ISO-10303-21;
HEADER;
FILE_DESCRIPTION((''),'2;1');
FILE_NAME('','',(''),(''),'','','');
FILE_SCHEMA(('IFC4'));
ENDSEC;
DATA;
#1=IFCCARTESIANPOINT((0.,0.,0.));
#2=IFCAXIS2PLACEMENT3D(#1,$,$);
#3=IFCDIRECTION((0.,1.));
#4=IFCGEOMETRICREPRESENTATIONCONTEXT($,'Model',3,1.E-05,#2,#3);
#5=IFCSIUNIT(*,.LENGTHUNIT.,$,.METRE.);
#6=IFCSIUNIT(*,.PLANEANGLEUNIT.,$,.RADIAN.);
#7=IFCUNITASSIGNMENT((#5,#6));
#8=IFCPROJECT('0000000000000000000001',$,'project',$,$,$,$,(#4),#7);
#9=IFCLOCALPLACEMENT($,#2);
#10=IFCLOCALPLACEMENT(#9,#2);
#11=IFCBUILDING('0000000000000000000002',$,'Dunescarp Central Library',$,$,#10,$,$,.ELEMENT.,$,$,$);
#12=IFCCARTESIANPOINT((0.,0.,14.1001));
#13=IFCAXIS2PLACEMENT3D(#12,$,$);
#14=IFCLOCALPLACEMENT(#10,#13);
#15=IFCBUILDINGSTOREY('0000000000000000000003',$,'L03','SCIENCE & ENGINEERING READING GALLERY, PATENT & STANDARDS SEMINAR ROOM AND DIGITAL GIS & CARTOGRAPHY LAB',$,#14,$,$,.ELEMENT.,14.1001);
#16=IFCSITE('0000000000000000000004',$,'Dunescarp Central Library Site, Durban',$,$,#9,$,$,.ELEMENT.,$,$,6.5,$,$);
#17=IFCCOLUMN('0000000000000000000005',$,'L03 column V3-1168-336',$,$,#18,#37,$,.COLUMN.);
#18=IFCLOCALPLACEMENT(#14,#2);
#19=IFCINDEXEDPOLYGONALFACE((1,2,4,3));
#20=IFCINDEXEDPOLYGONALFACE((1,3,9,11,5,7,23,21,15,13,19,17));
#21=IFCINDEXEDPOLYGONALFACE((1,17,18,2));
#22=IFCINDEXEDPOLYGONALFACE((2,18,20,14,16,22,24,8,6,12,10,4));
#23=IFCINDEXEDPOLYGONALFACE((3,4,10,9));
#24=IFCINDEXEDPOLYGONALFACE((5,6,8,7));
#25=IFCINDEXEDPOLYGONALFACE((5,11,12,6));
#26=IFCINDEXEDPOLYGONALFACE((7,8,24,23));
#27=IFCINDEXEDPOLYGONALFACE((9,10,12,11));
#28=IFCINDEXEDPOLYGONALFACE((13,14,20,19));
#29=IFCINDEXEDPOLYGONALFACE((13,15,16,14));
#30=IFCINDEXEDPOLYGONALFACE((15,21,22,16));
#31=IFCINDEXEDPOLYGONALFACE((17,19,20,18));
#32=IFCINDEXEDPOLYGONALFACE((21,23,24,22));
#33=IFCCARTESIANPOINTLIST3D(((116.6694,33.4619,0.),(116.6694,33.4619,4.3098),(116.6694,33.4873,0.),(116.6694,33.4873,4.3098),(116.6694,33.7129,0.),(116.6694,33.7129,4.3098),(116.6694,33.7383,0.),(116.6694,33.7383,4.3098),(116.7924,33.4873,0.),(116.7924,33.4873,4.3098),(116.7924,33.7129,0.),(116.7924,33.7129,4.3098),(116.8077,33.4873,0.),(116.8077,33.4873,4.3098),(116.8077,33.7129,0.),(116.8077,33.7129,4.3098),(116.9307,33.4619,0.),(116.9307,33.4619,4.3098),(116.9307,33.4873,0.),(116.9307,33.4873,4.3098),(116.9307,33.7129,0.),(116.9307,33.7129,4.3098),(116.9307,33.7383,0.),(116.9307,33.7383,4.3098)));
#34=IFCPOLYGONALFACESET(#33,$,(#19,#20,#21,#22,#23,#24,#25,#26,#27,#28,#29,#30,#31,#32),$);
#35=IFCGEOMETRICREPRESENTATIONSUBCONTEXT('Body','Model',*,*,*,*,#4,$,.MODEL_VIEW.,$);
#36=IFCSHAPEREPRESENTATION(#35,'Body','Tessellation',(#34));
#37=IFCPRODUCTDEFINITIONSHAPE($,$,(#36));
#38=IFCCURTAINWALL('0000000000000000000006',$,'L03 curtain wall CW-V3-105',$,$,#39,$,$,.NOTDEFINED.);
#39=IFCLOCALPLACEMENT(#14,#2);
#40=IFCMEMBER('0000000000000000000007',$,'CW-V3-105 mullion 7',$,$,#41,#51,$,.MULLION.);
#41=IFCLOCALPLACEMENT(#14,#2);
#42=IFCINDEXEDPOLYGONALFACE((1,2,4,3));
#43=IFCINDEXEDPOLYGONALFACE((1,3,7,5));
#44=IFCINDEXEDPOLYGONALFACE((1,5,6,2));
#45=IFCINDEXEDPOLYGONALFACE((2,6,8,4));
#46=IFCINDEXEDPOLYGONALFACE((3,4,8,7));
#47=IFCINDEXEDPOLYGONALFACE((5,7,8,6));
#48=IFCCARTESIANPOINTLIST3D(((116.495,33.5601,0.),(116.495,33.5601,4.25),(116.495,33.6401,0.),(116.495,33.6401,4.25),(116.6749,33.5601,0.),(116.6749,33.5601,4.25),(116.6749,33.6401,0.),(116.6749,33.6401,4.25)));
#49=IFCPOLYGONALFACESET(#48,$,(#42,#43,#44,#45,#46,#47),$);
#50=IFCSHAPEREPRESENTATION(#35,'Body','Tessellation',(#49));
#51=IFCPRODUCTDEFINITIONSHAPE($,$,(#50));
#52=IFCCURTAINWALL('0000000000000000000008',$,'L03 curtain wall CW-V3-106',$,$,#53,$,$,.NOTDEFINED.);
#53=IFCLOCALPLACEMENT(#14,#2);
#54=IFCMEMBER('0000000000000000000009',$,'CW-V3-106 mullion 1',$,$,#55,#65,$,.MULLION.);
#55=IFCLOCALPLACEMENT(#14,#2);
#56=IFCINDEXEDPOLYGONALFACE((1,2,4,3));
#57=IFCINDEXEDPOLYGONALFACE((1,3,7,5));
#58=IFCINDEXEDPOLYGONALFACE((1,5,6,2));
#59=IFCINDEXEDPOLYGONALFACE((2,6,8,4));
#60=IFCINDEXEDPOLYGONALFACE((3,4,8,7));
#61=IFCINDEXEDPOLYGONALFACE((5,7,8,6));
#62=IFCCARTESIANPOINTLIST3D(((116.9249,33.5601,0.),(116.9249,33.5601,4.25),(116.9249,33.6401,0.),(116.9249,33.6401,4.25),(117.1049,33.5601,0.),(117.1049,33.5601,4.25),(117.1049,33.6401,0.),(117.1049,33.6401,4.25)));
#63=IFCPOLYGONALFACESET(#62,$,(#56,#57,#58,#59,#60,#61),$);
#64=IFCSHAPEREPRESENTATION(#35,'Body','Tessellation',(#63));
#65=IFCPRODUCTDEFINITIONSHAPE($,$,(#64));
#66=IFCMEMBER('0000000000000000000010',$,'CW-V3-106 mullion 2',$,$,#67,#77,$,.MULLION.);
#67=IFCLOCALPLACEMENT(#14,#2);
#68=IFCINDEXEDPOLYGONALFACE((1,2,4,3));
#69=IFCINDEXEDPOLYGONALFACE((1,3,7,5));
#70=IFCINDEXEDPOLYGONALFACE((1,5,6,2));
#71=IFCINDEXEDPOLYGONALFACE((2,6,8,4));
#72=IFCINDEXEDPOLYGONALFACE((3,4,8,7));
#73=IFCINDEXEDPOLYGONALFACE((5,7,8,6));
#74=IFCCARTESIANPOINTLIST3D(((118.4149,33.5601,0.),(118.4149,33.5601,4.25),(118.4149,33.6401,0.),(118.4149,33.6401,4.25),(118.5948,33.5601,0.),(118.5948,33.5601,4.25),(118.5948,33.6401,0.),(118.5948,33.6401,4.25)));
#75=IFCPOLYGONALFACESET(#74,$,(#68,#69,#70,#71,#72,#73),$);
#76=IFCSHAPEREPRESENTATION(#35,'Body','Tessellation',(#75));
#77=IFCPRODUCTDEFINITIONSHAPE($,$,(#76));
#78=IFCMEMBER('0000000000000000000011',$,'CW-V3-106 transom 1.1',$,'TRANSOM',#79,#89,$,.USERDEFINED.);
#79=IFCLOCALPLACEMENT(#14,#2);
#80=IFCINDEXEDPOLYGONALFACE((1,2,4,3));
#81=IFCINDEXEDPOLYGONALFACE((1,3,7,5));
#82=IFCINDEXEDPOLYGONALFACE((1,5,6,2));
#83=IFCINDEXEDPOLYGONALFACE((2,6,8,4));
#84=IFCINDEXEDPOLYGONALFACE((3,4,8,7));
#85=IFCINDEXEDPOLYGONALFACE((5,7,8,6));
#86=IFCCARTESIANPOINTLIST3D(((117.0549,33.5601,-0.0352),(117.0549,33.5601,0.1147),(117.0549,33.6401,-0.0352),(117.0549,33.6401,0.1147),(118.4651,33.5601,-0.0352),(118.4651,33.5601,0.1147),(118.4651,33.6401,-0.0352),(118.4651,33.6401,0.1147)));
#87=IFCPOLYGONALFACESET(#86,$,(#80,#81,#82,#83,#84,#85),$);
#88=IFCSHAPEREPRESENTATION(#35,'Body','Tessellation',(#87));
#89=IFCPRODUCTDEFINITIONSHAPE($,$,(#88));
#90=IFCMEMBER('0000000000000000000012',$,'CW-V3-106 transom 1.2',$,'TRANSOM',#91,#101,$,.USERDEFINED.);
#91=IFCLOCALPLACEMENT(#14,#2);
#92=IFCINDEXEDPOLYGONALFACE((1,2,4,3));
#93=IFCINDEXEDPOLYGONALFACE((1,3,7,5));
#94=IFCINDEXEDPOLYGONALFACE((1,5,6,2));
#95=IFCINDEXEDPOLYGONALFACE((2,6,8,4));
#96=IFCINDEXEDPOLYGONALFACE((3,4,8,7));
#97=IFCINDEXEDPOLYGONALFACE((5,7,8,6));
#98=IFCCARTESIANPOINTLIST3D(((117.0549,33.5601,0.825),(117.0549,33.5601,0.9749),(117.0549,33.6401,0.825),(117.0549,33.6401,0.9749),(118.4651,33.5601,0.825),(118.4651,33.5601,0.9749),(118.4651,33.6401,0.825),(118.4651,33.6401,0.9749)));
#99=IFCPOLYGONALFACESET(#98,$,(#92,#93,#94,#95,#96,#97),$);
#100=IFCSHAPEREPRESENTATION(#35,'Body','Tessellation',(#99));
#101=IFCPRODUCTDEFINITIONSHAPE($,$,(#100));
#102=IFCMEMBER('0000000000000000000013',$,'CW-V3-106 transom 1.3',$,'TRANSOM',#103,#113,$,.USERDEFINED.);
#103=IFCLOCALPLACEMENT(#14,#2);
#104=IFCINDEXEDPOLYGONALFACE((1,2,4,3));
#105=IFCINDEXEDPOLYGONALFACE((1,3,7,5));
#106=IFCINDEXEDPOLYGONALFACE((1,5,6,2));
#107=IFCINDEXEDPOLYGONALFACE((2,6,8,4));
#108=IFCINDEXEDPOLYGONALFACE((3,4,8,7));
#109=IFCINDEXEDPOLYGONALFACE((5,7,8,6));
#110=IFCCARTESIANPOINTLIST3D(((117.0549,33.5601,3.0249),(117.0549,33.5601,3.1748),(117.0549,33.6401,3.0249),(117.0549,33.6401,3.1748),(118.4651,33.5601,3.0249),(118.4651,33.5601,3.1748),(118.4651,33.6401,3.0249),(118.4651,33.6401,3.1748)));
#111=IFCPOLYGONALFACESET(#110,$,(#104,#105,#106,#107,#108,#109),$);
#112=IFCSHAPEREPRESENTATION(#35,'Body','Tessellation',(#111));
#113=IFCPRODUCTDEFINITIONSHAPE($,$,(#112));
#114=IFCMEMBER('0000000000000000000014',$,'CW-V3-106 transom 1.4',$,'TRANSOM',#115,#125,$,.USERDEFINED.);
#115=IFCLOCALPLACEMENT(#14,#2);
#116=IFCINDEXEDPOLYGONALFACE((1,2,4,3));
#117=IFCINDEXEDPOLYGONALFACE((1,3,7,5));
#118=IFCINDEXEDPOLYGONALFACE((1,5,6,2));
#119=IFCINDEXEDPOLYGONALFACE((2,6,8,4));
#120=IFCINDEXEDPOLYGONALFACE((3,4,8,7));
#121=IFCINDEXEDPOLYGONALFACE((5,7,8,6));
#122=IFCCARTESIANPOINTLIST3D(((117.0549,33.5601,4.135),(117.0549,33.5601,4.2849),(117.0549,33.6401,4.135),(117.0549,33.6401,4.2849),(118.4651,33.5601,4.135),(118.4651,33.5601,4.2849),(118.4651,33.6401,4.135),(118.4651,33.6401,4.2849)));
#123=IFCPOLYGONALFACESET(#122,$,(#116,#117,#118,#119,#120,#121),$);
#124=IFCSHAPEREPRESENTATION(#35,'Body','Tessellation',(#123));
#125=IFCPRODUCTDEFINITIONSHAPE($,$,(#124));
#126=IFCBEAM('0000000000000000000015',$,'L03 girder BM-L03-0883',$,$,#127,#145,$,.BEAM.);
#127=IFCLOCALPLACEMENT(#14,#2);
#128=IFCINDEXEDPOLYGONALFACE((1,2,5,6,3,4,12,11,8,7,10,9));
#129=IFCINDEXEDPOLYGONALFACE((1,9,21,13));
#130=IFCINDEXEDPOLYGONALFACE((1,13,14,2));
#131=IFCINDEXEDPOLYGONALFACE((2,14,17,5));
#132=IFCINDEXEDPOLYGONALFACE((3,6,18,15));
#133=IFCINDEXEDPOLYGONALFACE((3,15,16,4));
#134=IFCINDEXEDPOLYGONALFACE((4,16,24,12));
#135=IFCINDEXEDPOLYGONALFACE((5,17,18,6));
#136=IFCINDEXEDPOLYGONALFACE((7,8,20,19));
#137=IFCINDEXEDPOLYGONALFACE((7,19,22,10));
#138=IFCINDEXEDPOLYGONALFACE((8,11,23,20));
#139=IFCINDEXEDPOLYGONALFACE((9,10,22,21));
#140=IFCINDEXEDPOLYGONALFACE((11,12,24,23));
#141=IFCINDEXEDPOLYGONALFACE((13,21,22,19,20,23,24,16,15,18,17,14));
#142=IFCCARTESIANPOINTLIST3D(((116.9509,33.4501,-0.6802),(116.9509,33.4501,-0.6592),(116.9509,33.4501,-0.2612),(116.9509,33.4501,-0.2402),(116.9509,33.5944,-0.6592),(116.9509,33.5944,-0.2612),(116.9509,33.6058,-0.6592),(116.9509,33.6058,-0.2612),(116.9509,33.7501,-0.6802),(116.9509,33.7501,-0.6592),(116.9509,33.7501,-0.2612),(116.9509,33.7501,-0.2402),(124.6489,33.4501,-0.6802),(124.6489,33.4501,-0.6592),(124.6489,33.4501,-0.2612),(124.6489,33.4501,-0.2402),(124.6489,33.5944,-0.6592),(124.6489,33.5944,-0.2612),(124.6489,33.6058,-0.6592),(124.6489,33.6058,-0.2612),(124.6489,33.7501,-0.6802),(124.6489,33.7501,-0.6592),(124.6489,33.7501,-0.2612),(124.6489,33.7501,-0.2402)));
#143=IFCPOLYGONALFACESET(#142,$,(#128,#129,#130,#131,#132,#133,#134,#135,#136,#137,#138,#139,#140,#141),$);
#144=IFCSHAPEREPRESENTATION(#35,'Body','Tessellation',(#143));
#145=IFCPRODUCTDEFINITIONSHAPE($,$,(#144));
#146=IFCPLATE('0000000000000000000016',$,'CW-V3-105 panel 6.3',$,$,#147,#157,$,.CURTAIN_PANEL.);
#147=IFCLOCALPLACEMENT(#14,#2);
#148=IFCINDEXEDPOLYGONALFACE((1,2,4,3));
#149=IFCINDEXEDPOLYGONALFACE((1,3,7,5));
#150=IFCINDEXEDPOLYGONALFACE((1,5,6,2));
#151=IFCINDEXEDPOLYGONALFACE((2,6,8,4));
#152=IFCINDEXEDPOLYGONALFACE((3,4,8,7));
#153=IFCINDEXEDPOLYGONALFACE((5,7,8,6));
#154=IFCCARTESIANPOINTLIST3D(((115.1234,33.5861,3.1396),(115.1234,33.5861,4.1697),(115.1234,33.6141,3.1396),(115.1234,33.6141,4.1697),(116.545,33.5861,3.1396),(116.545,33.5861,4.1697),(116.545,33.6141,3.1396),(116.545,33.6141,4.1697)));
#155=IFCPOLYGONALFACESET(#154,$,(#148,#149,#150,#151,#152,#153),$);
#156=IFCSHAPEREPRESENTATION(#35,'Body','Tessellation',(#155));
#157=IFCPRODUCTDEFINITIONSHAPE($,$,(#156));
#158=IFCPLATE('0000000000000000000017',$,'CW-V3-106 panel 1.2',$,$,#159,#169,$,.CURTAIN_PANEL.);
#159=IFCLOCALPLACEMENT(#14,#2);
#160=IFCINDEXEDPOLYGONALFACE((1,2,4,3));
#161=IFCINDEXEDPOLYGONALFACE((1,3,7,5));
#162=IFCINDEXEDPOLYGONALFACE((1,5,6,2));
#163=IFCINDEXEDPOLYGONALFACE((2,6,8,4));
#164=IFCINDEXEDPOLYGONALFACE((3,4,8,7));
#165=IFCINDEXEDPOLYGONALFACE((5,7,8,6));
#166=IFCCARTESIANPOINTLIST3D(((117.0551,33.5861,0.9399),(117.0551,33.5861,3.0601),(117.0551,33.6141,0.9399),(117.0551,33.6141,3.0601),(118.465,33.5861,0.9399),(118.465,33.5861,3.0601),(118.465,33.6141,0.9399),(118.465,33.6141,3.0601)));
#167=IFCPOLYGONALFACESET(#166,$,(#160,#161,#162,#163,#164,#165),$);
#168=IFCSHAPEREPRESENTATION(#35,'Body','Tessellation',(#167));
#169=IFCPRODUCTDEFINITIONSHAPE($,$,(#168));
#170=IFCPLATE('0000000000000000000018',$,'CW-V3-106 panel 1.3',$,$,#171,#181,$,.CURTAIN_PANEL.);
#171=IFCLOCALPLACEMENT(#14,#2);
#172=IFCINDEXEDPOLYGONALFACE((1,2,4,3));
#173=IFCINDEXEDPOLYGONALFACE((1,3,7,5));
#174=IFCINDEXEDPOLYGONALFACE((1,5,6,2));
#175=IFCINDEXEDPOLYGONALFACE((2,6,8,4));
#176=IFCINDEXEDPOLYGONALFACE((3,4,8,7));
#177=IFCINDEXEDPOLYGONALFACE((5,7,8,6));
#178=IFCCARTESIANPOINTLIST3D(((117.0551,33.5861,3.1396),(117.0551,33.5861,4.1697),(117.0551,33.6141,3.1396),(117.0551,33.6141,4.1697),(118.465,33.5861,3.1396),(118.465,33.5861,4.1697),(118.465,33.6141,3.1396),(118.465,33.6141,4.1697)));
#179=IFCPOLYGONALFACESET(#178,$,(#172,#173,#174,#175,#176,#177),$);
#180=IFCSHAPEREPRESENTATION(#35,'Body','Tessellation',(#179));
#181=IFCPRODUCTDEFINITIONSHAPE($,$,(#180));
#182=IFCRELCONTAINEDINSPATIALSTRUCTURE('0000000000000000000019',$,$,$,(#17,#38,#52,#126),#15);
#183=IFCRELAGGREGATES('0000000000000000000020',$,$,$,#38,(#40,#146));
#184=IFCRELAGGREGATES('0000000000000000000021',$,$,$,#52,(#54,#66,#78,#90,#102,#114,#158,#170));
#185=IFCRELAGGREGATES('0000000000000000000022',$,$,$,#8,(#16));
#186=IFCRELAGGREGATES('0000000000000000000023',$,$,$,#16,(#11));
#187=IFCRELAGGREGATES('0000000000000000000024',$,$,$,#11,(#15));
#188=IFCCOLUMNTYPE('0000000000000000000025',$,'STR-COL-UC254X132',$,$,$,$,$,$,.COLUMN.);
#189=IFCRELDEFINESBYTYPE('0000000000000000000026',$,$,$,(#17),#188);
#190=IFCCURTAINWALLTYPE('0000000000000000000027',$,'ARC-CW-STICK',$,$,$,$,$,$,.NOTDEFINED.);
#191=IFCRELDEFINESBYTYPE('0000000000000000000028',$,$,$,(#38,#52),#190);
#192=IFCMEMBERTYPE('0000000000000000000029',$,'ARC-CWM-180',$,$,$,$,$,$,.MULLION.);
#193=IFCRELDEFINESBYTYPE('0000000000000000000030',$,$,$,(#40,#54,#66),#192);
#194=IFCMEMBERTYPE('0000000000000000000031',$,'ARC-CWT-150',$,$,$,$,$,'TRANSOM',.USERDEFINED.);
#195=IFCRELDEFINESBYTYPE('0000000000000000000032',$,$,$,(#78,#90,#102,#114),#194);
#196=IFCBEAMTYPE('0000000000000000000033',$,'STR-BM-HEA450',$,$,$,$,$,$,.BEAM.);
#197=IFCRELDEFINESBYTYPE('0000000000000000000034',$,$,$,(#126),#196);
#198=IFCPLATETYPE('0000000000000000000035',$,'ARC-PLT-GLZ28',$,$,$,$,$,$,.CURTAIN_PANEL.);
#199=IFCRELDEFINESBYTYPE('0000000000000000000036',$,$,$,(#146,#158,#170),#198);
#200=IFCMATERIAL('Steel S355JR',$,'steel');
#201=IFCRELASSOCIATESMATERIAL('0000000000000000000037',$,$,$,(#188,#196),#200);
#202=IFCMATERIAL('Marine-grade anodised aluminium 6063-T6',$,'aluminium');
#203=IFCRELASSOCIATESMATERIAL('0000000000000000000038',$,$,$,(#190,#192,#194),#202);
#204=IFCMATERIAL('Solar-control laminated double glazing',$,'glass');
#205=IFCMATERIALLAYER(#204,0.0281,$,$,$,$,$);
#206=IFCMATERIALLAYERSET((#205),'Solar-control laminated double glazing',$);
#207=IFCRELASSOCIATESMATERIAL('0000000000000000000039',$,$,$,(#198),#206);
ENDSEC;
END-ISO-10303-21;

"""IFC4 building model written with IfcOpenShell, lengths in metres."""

from ifc_helpers import new_model, si_unit, direction, frame, origin, origin_2d, place, context, subcontext, project, spatial, rectangle, i_section, extrude, material, layer, layer_set, material_profile, profile_set, type_object, element, aggregate, save


model = new_model("IFC4")

# Units and contexts
model_context = context("Model", 3, precision=1e-05, world=origin(), true_north=direction((0.0, 1.0)))
body_context = subcontext(model_context, "Body", "Model", "MODEL_VIEW")
ifc_project = project(units=[si_unit("LENGTHUNIT", "METRE"), si_unit("PLANEANGLEUNIT", "RADIAN")], contexts=[model_context])

# Site, building, storey
site_placement = place(None, origin())
site = spatial("IfcSite", under=ifc_project, at=site_placement, Name="Dunescarp Central Library Site, Durban", CompositionType="ELEMENT", RefElevation=6.5)
building_placement = place(site_placement, origin())
building = spatial("IfcBuilding", under=site, at=building_placement, Name="Dunescarp Central Library", CompositionType="ELEMENT")
storey_placement = place(building_placement, frame((0.0, 0.0, 14.1001)))
storey = spatial("IfcBuildingStorey", under=building, at=storey_placement, Name="L03", Description="SCIENCE & ENGINEERING READING GALLERY, PATENT & STANDARDS SEMINAR ROOM AND DIGITAL GIS & CARTOGRAPHY LAB", CompositionType="ELEMENT", Elevation=14.1001)

# Column
ifc_material_1 = material(Name="Steel S355JR", Category="steel")
ifc_material_profile_1 = material_profile(ifc_material_1, i_section(OverallWidth=0.2612, OverallDepth=0.2764, WebThickness=0.0154, FlangeThickness=0.0254, at=origin_2d()), Name="UC 254x254x132")
ifc_profile_set_1 = profile_set([ifc_material_profile_1], Name="Steel S355JR")
column_type = type_object("IfcColumnType", Name="STR-COL-UC254X132", PredefinedType="COLUMN", material=ifc_profile_set_1)
column_placement = place(storey_placement, frame((116.8, 33.6001, 0.0), z_axis=(0.0, 0.0, 1.0), x_axis=(1.0, 0.0, 0.0)))
element("IfcColumn", 1, at=column_placement, inside=storey, type_object=column_type, Name="L03 column V3-1168-336", PredefinedType="COLUMN", context=body_context, shape_type="SweptSolid", body=[
    extrude(i_section(OverallWidth=0.2612, OverallDepth=0.2764, WebThickness=0.0154, FlangeThickness=0.0254, at=origin_2d()), origin(), (0.0, 0.0, 1.0), 4.3098),
])

# Curtain wall, member
ifc_material_2 = material(Name="Marine-grade anodised aluminium 6063-T6", Category="aluminium")
curtain_wall_type = type_object("IfcCurtainWallType", Name="ARC-CW-STICK", PredefinedType="NOTDEFINED", material=ifc_material_2)
curtain_wall_1_placement = place(storey_placement, origin())
curtain_wall_1 = element("IfcCurtainWall", 2, at=curtain_wall_1_placement, inside=storey, type_object=curtain_wall_type, Name="L03 curtain wall CW-V3-105", PredefinedType="NOTDEFINED")
ifc_material_profile_2 = material_profile(ifc_material_2, rectangle(XDim=0.0801, YDim=0.1799, at=origin_2d()), Name="AL 80x180")
ifc_profile_set_2 = profile_set([ifc_material_profile_2], Name="Marine-grade anodised aluminium 6063-T6")
member_type_1 = type_object("IfcMemberType", Name="ARC-CWM-180", PredefinedType="MULLION", material=ifc_profile_set_2)
member_1_placement = place(storey_placement, frame((116.585, 33.6001, 0.0), z_axis=(0.0, 0.0, 1.0), x_axis=(0.0, 1.0, 0.0)))
member_1 = element("IfcMember", 3, at=member_1_placement, type_object=member_type_1, Name="CW-V3-105 mullion 7", PredefinedType="MULLION", context=body_context, shape_type="SweptSolid", body=[
    extrude(rectangle(XDim=0.0801, YDim=0.1799, at=origin_2d()), origin(), (0.0, 0.0, 1.0), 4.25),
])

# Curtain wall, members
curtain_wall_2_placement = place(storey_placement, origin())
curtain_wall_2 = element("IfcCurtainWall", 4, at=curtain_wall_2_placement, inside=storey, type_object=curtain_wall_type, Name="L03 curtain wall CW-V3-106", PredefinedType="NOTDEFINED")
member_2_placement = place(storey_placement, frame((117.0149, 33.6001, 0.0), z_axis=(0.0, 0.0, 1.0), x_axis=(0.0, 1.0, 0.0)))
member_2 = element("IfcMember", 5, at=member_2_placement, type_object=member_type_1, Name="CW-V3-106 mullion 1", PredefinedType="MULLION", context=body_context, shape_type="SweptSolid", body=[
    extrude(rectangle(XDim=0.0801, YDim=0.1799, at=origin_2d()), origin(), (0.0, 0.0, 1.0), 4.25),
])
member_3_placement = place(storey_placement, frame((118.5049, 33.6001, 0.0), z_axis=(0.0, 0.0, 1.0), x_axis=(0.0, 1.0, 0.0)))
member_3 = element("IfcMember", 6, at=member_3_placement, type_object=member_type_1, Name="CW-V3-106 mullion 2", PredefinedType="MULLION", context=body_context, shape_type="SweptSolid", body=[
    extrude(rectangle(XDim=0.0801, YDim=0.1799, at=origin_2d()), origin(), (0.0, 0.0, 1.0), 4.25),
])
ifc_material_profile_3 = material_profile(ifc_material_2, rectangle(XDim=0.0801, YDim=0.1499, at=origin_2d()), Name="AL 80x150")
ifc_profile_set_3 = profile_set([ifc_material_profile_3], Name="Marine-grade anodised aluminium 6063-T6")
member_type_2 = type_object("IfcMemberType", Name="ARC-CWT-150", ElementType="TRANSOM", PredefinedType="USERDEFINED", material=ifc_profile_set_3)
member_4_placement = place(storey_placement, frame((117.0549, 33.6001, 0.0398), z_axis=(1.0, 0.0, 0.0), x_axis=(0.0, 1.0, 0.0)))
member_4 = element("IfcMember", 7, at=member_4_placement, type_object=member_type_2, Name="CW-V3-106 transom 1.1", ObjectType="TRANSOM", PredefinedType="USERDEFINED", context=body_context, shape_type="SweptSolid", body=[
    extrude(rectangle(XDim=0.0801, YDim=0.1499, at=origin_2d()), origin(), (0.0, 0.0, 1.0), 1.4102),
])
member_5_placement = place(storey_placement, frame((117.0549, 33.6001, 0.8999), z_axis=(1.0, 0.0, 0.0), x_axis=(0.0, 1.0, 0.0)))
member_5 = element("IfcMember", 8, at=member_5_placement, type_object=member_type_2, Name="CW-V3-106 transom 1.2", ObjectType="TRANSOM", PredefinedType="USERDEFINED", context=body_context, shape_type="SweptSolid", body=[
    extrude(rectangle(XDim=0.0801, YDim=0.1499, at=origin_2d()), origin(), (0.0, 0.0, 1.0), 1.4102),
])
member_6_placement = place(storey_placement, frame((117.0549, 33.6001, 3.0999), z_axis=(1.0, 0.0, 0.0), x_axis=(0.0, 1.0, 0.0)))
member_6 = element("IfcMember", 9, at=member_6_placement, type_object=member_type_2, Name="CW-V3-106 transom 1.3", ObjectType="TRANSOM", PredefinedType="USERDEFINED", context=body_context, shape_type="SweptSolid", body=[
    extrude(rectangle(XDim=0.0801, YDim=0.1499, at=origin_2d()), origin(), (0.0, 0.0, 1.0), 1.4102),
])
member_7_placement = place(storey_placement, frame((117.0549, 33.6001, 4.21), z_axis=(1.0, 0.0, 0.0), x_axis=(0.0, 1.0, 0.0)))
member_7 = element("IfcMember", 10, at=member_7_placement, type_object=member_type_2, Name="CW-V3-106 transom 1.4", ObjectType="TRANSOM", PredefinedType="USERDEFINED", context=body_context, shape_type="SweptSolid", body=[
    extrude(rectangle(XDim=0.0801, YDim=0.1499, at=origin_2d()), origin(), (0.0, 0.0, 1.0), 1.4102),
])

# Beam
ifc_material_profile_4 = material_profile(ifc_material_1, i_section(OverallWidth=0.3, OverallDepth=0.4399, WebThickness=0.0115, FlangeThickness=0.021, at=origin_2d()), Name="HEA 450")
ifc_profile_set_4 = profile_set([ifc_material_profile_4], Name="Steel S355JR")
beam_type = type_object("IfcBeamType", Name="STR-BM-HEA450", PredefinedType="BEAM", material=ifc_profile_set_4)
beam_placement = place(storey_placement, frame((116.9509, 33.6001, -0.4602), z_axis=(1.0, 0.0, 0.0), x_axis=(0.0, 1.0, 0.0)))
element("IfcBeam", 11, at=beam_placement, inside=storey, type_object=beam_type, Name="L03 girder BM-L03-0883", PredefinedType="BEAM", context=body_context, shape_type="SweptSolid", body=[
    extrude(i_section(OverallWidth=0.3, OverallDepth=0.4399, WebThickness=0.0115, FlangeThickness=0.021, at=origin_2d()), origin(), (0.0, 0.0, 1.0), 7.698),
])

# Plates
ifc_material_3 = material(Name="Solar-control laminated double glazing", Category="glass")
ifc_layer_1 = layer(ifc_material_3, 0.0281)
ifc_layer_set_1 = layer_set([ifc_layer_1], Name="Solar-control laminated double glazing")
plate_type_1 = type_object("IfcPlateType", Name="ARC-PLT-GLZ28", PredefinedType="CURTAIN_PANEL", material=ifc_layer_set_1)
plate_1_placement = place(storey_placement, frame((115.8342, 33.6001, 3.1396), z_axis=(0.0, 0.0, 1.0), x_axis=(1.0, 0.0, 0.0)))
plate_1 = element("IfcPlate", 12, at=plate_1_placement, type_object=plate_type_1, Name="CW-V3-105 panel 6.3", PredefinedType="CURTAIN_PANEL", context=body_context, shape_type="SweptSolid", body=[
    extrude(rectangle(XDim=1.4216, YDim=0.0281, at=origin_2d()), origin(), (0.0, 0.0, 1.0), 1.03),
])
aggregate(curtain_wall_1, [member_1, plate_1])
plate_2_placement = place(storey_placement, frame((117.76, 33.6001, 0.9399), z_axis=(0.0, 0.0, 1.0), x_axis=(1.0, 0.0, 0.0)))
plate_2 = element("IfcPlate", 13, at=plate_2_placement, type_object=plate_type_1, Name="CW-V3-106 panel 1.2", PredefinedType="CURTAIN_PANEL", context=body_context, shape_type="SweptSolid", body=[
    extrude(rectangle(XDim=1.4099, YDim=0.0281, at=origin_2d()), origin(), (0.0, 0.0, 1.0), 2.1201),
])
plate_3_placement = place(storey_placement, frame((117.76, 33.6001, 3.1396), z_axis=(0.0, 0.0, 1.0), x_axis=(1.0, 0.0, 0.0)))
plate_3 = element("IfcPlate", 14, at=plate_3_placement, type_object=plate_type_1, Name="CW-V3-106 panel 1.3", PredefinedType="CURTAIN_PANEL", context=body_context, shape_type="SweptSolid", body=[
    extrude(rectangle(XDim=1.4099, YDim=0.0281, at=origin_2d()), origin(), (0.0, 0.0, 1.0), 1.03),
])
aggregate(curtain_wall_2, [member_2, member_3, member_4, member_5, member_6, member_7, plate_2, plate_3])

save(model, "model.ifc")
